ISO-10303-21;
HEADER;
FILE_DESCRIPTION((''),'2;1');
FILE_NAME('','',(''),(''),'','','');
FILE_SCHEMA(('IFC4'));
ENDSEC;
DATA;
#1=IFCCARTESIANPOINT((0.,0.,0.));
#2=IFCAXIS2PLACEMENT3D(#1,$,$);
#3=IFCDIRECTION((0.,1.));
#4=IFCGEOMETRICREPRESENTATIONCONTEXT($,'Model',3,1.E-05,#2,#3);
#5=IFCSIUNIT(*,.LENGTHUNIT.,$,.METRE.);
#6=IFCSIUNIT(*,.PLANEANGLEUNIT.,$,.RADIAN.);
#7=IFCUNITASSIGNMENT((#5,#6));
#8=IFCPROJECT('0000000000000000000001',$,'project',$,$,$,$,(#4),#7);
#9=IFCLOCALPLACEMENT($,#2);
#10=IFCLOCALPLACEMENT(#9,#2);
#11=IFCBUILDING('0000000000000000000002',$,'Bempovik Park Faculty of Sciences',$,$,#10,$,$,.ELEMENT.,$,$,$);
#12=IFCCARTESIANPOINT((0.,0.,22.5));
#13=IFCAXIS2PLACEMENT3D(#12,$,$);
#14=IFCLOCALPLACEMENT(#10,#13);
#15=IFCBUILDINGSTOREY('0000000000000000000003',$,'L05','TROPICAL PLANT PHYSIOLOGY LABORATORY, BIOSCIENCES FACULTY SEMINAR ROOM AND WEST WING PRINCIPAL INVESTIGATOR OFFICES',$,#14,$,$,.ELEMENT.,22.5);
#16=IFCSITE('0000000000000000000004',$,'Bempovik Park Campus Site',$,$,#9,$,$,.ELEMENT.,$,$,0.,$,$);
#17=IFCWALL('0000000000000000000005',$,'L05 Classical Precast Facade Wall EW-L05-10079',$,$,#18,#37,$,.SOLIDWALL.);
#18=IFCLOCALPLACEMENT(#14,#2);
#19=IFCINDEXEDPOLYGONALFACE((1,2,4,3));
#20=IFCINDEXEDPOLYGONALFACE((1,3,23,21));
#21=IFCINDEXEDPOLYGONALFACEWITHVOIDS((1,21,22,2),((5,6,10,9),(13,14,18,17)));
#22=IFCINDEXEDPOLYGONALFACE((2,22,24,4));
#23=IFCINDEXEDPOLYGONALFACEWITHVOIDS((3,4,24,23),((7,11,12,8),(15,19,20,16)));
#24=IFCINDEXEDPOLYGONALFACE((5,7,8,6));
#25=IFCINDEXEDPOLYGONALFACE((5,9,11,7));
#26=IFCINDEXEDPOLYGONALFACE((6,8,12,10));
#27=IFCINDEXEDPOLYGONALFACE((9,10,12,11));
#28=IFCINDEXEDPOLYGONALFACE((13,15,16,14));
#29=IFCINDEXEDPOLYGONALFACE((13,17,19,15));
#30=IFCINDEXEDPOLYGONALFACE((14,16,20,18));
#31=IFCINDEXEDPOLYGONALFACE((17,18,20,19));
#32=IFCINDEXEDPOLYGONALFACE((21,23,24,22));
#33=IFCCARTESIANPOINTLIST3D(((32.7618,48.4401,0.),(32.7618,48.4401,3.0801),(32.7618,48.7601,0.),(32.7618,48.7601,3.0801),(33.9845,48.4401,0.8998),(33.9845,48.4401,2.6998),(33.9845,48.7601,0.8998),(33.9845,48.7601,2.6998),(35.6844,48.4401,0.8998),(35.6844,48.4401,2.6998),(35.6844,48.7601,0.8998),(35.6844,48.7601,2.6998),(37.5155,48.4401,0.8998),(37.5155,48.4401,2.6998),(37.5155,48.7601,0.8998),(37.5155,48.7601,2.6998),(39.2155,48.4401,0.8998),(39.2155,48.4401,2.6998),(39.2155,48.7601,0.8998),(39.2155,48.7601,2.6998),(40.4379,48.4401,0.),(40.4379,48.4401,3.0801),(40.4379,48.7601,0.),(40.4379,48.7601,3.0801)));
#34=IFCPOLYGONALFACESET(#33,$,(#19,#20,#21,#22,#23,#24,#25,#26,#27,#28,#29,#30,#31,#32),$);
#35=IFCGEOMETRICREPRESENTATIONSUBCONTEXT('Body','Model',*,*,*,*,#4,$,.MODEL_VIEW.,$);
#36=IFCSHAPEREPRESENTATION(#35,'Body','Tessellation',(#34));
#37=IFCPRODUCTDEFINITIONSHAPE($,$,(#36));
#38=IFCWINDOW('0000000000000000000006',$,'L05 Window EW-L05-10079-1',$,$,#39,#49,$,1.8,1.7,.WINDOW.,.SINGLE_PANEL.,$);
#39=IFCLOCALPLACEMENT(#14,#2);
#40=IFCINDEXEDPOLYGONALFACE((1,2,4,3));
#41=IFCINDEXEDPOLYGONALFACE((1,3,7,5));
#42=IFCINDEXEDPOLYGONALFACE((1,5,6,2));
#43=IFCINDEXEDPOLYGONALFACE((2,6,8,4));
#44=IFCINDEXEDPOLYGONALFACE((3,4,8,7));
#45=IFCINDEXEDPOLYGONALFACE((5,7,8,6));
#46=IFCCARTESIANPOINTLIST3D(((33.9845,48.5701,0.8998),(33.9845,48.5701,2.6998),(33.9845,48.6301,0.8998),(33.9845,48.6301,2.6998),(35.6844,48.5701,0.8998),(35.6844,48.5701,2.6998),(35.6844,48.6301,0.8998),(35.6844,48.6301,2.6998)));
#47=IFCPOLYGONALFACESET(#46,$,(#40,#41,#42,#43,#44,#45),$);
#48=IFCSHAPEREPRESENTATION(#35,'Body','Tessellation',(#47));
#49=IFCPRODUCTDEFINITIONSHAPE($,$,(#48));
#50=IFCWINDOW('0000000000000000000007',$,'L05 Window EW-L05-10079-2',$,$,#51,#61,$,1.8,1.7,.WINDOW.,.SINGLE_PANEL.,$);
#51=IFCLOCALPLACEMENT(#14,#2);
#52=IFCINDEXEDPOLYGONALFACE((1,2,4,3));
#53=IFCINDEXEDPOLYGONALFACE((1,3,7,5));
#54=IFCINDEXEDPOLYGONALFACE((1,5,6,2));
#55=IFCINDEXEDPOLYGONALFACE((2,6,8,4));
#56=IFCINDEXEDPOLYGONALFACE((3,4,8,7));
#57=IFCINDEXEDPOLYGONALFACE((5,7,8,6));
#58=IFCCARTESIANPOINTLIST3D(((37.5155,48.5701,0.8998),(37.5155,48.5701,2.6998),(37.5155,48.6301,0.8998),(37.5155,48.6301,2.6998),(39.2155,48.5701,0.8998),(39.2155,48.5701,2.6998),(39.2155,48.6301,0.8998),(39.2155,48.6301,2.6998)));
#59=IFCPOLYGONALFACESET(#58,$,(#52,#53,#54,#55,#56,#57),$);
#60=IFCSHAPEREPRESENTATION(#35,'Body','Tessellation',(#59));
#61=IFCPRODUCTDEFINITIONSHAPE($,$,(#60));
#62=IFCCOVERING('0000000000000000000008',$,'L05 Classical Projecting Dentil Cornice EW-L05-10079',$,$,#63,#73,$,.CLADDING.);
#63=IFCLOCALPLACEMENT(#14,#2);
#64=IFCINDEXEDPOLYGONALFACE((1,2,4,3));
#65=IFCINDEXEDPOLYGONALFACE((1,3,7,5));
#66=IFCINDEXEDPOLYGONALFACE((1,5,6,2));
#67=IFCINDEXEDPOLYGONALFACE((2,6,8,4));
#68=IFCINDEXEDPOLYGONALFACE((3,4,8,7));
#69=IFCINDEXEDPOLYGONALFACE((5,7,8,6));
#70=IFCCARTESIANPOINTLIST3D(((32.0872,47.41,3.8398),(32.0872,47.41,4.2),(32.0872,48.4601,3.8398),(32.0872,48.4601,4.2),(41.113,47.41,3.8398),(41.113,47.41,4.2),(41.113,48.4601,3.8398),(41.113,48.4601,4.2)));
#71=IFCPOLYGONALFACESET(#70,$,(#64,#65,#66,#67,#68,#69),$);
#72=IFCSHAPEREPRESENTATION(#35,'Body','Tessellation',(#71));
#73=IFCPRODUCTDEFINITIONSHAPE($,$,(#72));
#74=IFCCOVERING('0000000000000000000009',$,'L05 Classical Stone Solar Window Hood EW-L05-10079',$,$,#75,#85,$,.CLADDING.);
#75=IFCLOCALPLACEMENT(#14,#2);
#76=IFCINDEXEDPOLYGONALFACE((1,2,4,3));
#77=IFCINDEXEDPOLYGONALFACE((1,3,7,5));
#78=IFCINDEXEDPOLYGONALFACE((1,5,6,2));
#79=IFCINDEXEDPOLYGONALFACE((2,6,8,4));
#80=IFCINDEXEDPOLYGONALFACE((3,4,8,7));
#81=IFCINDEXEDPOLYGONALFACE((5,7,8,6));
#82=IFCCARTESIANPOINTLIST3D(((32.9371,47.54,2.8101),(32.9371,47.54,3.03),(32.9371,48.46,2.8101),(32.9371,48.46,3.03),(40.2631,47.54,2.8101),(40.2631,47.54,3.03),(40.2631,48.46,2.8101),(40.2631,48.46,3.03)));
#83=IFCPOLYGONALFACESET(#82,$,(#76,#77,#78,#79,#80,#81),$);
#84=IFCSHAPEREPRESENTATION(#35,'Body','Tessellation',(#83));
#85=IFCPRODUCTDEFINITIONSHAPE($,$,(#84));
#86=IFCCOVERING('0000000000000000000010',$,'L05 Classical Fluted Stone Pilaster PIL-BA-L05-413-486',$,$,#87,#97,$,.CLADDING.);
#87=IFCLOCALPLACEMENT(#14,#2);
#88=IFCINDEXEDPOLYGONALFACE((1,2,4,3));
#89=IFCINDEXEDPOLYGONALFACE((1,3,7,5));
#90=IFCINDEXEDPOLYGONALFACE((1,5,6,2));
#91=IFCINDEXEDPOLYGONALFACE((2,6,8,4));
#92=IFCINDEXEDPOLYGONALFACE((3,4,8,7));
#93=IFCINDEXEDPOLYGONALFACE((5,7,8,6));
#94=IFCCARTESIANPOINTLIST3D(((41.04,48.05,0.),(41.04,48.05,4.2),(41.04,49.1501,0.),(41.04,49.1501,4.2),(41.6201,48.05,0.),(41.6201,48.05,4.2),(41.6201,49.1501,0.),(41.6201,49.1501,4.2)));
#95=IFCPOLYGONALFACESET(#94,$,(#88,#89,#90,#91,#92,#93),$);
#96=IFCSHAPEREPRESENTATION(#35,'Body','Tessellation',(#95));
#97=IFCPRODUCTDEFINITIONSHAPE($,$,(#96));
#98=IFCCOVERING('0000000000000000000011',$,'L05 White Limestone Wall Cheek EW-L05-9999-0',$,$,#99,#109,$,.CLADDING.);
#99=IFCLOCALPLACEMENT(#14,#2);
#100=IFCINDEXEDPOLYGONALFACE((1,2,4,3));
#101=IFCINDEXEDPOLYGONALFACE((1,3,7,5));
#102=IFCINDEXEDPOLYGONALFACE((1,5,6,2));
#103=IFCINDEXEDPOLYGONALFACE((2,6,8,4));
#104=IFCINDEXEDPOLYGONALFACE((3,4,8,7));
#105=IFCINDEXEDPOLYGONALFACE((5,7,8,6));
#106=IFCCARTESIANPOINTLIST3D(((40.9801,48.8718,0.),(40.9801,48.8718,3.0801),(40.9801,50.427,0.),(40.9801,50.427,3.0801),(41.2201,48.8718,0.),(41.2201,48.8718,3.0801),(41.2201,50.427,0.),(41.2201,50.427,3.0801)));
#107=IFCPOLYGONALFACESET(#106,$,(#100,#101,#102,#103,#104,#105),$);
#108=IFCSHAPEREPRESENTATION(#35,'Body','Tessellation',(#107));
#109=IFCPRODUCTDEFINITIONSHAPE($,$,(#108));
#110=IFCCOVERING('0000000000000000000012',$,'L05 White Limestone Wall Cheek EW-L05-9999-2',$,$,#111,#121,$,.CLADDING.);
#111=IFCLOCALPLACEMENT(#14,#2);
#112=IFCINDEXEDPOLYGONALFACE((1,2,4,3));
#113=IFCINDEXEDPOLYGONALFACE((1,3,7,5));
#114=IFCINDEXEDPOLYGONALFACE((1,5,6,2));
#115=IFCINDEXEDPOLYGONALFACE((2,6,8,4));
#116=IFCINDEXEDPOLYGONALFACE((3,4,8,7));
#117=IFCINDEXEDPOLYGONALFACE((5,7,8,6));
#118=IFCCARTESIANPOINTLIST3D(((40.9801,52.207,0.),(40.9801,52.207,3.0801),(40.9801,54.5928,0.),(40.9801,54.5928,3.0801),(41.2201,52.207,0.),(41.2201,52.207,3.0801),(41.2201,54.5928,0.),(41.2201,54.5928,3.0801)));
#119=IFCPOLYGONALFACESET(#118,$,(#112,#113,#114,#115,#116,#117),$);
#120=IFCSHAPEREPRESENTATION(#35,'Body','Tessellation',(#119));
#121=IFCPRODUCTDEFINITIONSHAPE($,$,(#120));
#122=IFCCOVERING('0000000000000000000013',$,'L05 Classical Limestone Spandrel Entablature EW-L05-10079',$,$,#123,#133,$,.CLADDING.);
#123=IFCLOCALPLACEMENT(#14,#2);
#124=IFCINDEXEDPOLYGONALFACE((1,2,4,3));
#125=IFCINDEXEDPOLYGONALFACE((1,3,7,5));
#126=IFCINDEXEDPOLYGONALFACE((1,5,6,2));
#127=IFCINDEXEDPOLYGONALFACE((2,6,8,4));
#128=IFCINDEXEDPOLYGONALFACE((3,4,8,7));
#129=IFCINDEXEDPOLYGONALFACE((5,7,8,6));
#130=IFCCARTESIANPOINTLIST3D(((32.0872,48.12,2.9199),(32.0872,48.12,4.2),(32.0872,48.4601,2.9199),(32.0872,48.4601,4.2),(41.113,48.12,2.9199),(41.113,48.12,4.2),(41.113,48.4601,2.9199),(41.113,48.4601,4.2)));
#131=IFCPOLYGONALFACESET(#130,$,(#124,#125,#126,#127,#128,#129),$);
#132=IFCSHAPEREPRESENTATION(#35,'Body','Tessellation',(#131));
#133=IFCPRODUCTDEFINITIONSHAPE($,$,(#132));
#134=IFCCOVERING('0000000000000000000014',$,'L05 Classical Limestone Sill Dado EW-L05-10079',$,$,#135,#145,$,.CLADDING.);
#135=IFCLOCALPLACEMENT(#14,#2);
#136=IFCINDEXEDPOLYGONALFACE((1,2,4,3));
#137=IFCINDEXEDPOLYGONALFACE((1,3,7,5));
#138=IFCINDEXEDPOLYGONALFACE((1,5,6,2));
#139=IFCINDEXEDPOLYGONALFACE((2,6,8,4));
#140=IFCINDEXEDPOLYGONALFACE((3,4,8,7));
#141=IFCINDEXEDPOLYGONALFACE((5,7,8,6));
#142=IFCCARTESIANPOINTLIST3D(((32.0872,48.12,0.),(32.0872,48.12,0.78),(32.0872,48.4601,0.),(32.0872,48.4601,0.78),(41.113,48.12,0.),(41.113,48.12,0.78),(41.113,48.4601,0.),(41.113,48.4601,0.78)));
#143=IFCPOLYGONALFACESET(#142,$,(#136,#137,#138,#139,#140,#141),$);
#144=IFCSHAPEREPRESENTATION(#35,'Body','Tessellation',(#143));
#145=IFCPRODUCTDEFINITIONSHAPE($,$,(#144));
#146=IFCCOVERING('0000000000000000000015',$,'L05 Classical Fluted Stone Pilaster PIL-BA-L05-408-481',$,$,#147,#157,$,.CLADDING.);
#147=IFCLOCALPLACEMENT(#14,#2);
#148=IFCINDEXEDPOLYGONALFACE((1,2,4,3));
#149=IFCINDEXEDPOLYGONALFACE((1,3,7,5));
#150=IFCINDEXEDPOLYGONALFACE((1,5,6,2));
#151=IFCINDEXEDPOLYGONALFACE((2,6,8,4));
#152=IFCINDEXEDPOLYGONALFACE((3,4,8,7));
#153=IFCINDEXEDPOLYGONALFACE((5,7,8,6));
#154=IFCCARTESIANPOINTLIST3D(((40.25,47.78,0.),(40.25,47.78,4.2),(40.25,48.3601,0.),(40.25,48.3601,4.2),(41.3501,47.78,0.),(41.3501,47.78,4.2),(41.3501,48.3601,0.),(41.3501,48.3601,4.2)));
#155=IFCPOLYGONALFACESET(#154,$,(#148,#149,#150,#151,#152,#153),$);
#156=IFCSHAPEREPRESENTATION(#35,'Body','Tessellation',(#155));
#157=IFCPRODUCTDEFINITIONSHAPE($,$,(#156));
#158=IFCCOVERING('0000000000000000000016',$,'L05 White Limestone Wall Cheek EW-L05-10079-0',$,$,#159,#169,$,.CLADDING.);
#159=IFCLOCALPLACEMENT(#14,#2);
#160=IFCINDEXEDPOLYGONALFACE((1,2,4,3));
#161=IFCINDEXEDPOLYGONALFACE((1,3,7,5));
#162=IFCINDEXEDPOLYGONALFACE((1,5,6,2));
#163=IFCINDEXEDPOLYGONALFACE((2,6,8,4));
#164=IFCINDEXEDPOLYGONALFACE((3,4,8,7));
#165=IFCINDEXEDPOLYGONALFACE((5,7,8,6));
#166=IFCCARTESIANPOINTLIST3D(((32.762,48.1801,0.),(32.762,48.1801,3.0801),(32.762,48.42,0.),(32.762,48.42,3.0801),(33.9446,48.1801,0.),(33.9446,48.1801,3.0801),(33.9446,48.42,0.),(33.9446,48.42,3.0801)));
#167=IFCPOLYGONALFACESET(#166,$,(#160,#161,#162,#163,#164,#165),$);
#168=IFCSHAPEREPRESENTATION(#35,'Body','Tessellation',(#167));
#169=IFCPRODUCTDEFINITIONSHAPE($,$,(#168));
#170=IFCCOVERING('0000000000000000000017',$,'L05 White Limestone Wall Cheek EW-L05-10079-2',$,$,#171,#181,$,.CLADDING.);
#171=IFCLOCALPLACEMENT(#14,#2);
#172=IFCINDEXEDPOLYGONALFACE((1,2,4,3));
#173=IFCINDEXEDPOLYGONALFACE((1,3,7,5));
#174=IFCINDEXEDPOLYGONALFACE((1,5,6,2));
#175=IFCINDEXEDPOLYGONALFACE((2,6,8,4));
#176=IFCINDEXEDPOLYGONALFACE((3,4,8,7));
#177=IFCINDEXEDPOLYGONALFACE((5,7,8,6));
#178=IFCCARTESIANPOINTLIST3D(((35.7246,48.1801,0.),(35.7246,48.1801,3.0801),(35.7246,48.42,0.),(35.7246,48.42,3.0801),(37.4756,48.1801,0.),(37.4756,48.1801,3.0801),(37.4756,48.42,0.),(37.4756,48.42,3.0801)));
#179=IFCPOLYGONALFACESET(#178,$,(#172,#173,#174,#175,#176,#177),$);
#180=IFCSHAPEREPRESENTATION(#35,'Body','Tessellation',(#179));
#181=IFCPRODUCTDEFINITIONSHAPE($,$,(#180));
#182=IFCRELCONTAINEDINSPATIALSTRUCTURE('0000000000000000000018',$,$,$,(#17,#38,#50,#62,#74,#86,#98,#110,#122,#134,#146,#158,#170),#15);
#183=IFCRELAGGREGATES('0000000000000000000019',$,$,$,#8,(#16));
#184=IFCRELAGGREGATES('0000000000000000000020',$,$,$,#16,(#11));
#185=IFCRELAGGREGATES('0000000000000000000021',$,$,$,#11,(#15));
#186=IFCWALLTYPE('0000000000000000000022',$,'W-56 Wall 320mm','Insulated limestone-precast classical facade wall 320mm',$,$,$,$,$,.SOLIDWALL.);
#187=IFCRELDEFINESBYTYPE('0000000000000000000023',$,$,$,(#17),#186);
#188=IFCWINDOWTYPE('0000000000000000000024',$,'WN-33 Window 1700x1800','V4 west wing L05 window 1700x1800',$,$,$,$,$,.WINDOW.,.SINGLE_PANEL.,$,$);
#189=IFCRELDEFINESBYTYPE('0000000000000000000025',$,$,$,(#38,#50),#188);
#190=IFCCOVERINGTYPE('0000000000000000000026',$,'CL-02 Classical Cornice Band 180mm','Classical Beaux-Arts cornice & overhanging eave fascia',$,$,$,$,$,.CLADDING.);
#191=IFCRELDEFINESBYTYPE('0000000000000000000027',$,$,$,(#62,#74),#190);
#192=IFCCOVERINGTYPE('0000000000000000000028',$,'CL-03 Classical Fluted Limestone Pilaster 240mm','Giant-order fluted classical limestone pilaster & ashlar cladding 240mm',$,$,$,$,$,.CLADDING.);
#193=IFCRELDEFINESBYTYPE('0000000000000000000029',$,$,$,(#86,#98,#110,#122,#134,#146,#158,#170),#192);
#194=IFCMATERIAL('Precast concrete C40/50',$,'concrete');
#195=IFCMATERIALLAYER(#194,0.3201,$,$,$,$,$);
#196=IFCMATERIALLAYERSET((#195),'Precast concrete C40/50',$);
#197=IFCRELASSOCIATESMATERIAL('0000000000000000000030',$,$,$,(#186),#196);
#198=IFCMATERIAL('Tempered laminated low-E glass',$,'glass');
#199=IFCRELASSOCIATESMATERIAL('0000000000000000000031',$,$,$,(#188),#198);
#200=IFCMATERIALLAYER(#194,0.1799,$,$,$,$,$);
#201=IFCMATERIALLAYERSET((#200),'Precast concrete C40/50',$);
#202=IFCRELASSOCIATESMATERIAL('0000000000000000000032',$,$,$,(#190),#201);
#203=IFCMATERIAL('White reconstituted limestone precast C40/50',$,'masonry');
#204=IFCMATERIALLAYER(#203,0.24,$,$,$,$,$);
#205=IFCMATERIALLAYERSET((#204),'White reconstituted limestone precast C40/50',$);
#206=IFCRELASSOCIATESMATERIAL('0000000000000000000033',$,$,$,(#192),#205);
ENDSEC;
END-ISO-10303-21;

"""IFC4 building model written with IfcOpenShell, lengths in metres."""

from ifc_helpers import new_model, si_unit, direction, frame, frame_2d, origin, origin_2d, place, context, subcontext, project, spatial, rectangle, extrude, material, layer, layer_set, type_object, element, fill, save


model = new_model("IFC4")

# Units and contexts
model_context = context("Model", 3, precision=1e-05, world=origin(), true_north=direction((0.0, 1.0)))
body_context = subcontext(model_context, "Body", "Model", "MODEL_VIEW")
ifc_project = project(units=[si_unit("LENGTHUNIT", "METRE"), si_unit("PLANEANGLEUNIT", "RADIAN")], contexts=[model_context])

# Site, building, storey
site_placement = place(None, origin())
site = spatial("IfcSite", under=ifc_project, at=site_placement, Name="Bempovik Park Campus Site", CompositionType="ELEMENT", RefElevation=0.0)
building_placement = place(site_placement, origin())
building = spatial("IfcBuilding", under=site, at=building_placement, Name="Bempovik Park Faculty of Sciences", CompositionType="ELEMENT")
storey_placement = place(building_placement, frame((0.0, 0.0, 22.5)))
storey = spatial("IfcBuildingStorey", under=building, at=storey_placement, Name="L05", Description="TROPICAL PLANT PHYSIOLOGY LABORATORY, BIOSCIENCES FACULTY SEMINAR ROOM AND WEST WING PRINCIPAL INVESTIGATOR OFFICES", CompositionType="ELEMENT", Elevation=22.5)

# Wall, openings, windows
ifc_material_1 = material(Name="Precast concrete C40/50", Category="concrete")
ifc_layer_1 = layer(ifc_material_1, 0.3201)
ifc_layer_set_1 = layer_set([ifc_layer_1], Name="Precast concrete C40/50")
wall_type_1 = type_object("IfcWallType", Name="W-56 Wall 320mm", Description="Insulated limestone-precast classical facade wall 320mm", PredefinedType="SOLIDWALL", material=ifc_layer_set_1)
ifc_material_2 = material(Name="Tempered laminated low-E glass", Category="glass")
window_type = type_object("IfcWindowType", Name="WN-33 Window 1700x1800", Description="V4 west wing L05 window 1700x1800", PartitioningType="SINGLE_PANEL", PredefinedType="WINDOW", material=ifc_material_2)
wall_1_placement = place(storey_placement, frame((32.762, 48.6001, 0.0), z_axis=(0.0, 0.0, 1.0), x_axis=(1.0, 0.0, 0.0)))
wall_1 = element("IfcWall", 1, at=wall_1_placement, inside=storey, type_object=wall_type_1, Name="L05 Classical Precast Facade Wall EW-L05-10079", PredefinedType="SOLIDWALL", context=body_context, shape_type="SweptSolid", body=[
    extrude(rectangle(XDim=7.676, YDim=0.3201, at=frame_2d((3.8379, 0.0))), origin(), (0.0, 0.0, 1.0), 3.0801),
])
opening_1_placement = place(wall_1_placement, frame((1.2224, 0.0, 0.8999)))
opening_1 = element("IfcOpeningElement", 2, at=opening_1_placement, cuts=wall_1, PredefinedType="OPENING", context=body_context, shape_type="SweptSolid", body=[
    extrude(rectangle(XDim=1.7, YDim=1.8, at=frame_2d((0.8501, 0.8999))), frame((0.0, 0.1699, 0.0), z_axis=(0.0, -1.0, 0.0), x_axis=(1.0, 0.0, 0.0)), (0.0, 0.0, 1.0), 0.3401),
])
opening_2_placement = place(wall_1_placement, frame((4.7534, 0.0, 0.8999)))
opening_2 = element("IfcOpeningElement", 3, at=opening_2_placement, cuts=wall_1, PredefinedType="OPENING", context=body_context, shape_type="SweptSolid", body=[
    extrude(rectangle(XDim=1.7, YDim=1.8, at=frame_2d((0.8501, 0.8999))), frame((0.0, 0.1699, 0.0), z_axis=(0.0, -1.0, 0.0), x_axis=(1.0, 0.0, 0.0)), (0.0, 0.0, 1.0), 0.3401),
])
window_1_placement = place(opening_1_placement, origin())
window_1 = element("IfcWindow", 4, at=window_1_placement, inside=storey, type_object=window_type, Name="L05 Window EW-L05-10079-1", OverallHeight=1.8, OverallWidth=1.7, PartitioningType="SINGLE_PANEL", PredefinedType="WINDOW", context=body_context, shape_type="SweptSolid", body=[
    extrude(rectangle(XDim=1.7, YDim=1.8, at=frame_2d((0.8501, 0.8999))), frame((0.0, 0.03, 0.0), z_axis=(0.0, -1.0, 0.0), x_axis=(1.0, 0.0, 0.0)), (0.0, 0.0, 1.0), 0.0601),
])
fill(opening_1, window_1)
window_2_placement = place(opening_2_placement, origin())
window_2 = element("IfcWindow", 5, at=window_2_placement, inside=storey, type_object=window_type, Name="L05 Window EW-L05-10079-2", OverallHeight=1.8, OverallWidth=1.7, PartitioningType="SINGLE_PANEL", PredefinedType="WINDOW", context=body_context, shape_type="SweptSolid", body=[
    extrude(rectangle(XDim=1.7, YDim=1.8, at=frame_2d((0.8501, 0.8999))), frame((0.0, 0.03, 0.0), z_axis=(0.0, -1.0, 0.0), x_axis=(1.0, 0.0, 0.0)), (0.0, 0.0, 1.0), 0.0601),
])
fill(opening_2, window_2)

# Coverings
ifc_layer_2 = layer(ifc_material_1, 0.1799)
ifc_layer_set_2 = layer_set([ifc_layer_2], Name="Precast concrete C40/50")
covering_type_1 = type_object("IfcCoveringType", Name="CL-02 Classical Cornice Band 180mm", Description="Classical Beaux-Arts cornice & overhanging eave fascia", PredefinedType="CLADDING", material=ifc_layer_set_2)
covering_1_placement = place(storey_placement, frame((36.6001, 47.9351, 3.8398), z_axis=(0.0, 0.0, 1.0), x_axis=(1.0, 0.0, 0.0)))
element("IfcCovering", 6, at=covering_1_placement, inside=storey, type_object=covering_type_1, Name="L05 Classical Projecting Dentil Cornice EW-L05-10079", PredefinedType="CLADDING", context=body_context, shape_type="SweptSolid", body=[
    extrude(rectangle(XDim=9.0259, YDim=1.05, at=origin_2d()), origin(), (0.0, 0.0, 1.0), 0.3601),
])
covering_2_placement = place(storey_placement, frame((36.6001, 48.0, 2.8101), z_axis=(0.0, 0.0, 1.0), x_axis=(1.0, 0.0, 0.0)))
element("IfcCovering", 7, at=covering_2_placement, inside=storey, type_object=covering_type_1, Name="L05 Classical Stone Solar Window Hood EW-L05-10079", PredefinedType="CLADDING", context=body_context, shape_type="SweptSolid", body=[
    extrude(rectangle(XDim=7.3259, YDim=0.9199, at=origin_2d()), origin(), (0.0, 0.0, 1.0), 0.22),
])
ifc_material_3 = material(Name="White reconstituted limestone precast C40/50", Category="masonry")
ifc_layer_3 = layer(ifc_material_3, 0.24)
ifc_layer_set_3 = layer_set([ifc_layer_3], Name="White reconstituted limestone precast C40/50")
covering_type_2 = type_object("IfcCoveringType", Name="CL-03 Classical Fluted Limestone Pilaster 240mm", Description="Giant-order fluted classical limestone pilaster & ashlar cladding 240mm", PredefinedType="CLADDING", material=ifc_layer_set_3)
covering_3_placement = place(storey_placement, frame((41.3301, 48.6001, 0.0), z_axis=(0.0, 0.0, 1.0), x_axis=(1.0, 0.0, 0.0)))
element("IfcCovering", 8, at=covering_3_placement, inside=storey, type_object=covering_type_2, Name="L05 Classical Fluted Stone Pilaster PIL-BA-L05-413-486", PredefinedType="CLADDING", context=body_context, shape_type="SweptSolid", body=[
    extrude(rectangle(XDim=0.5801, YDim=1.1001, at=origin_2d()), origin(), (0.0, 0.0, 1.0), 4.2),
])
covering_4_placement = place(storey_placement, frame((41.1001, 49.6494, 0.0), z_axis=(0.0, 0.0, 1.0), x_axis=(1.0, 0.0, 0.0)))
element("IfcCovering", 9, at=covering_4_placement, inside=storey, type_object=covering_type_2, Name="L05 White Limestone Wall Cheek EW-L05-9999-0", PredefinedType="CLADDING", context=body_context, shape_type="SweptSolid", body=[
    extrude(rectangle(XDim=0.24, YDim=1.5552, at=origin_2d()), origin(), (0.0, 0.0, 1.0), 3.0801),
])
covering_5_placement = place(storey_placement, frame((41.1001, 53.3999, 0.0), z_axis=(0.0, 0.0, 1.0), x_axis=(1.0, 0.0, 0.0)))
element("IfcCovering", 10, at=covering_5_placement, inside=storey, type_object=covering_type_2, Name="L05 White Limestone Wall Cheek EW-L05-9999-2", PredefinedType="CLADDING", context=body_context, shape_type="SweptSolid", body=[
    extrude(rectangle(XDim=0.24, YDim=2.3857, at=origin_2d()), origin(), (0.0, 0.0, 1.0), 3.0801),
])
covering_6_placement = place(storey_placement, frame((36.6001, 48.29, 2.9199), z_axis=(0.0, 0.0, 1.0), x_axis=(1.0, 0.0, 0.0)))
element("IfcCovering", 11, at=covering_6_placement, inside=storey, type_object=covering_type_2, Name="L05 Classical Limestone Spandrel Entablature EW-L05-10079", PredefinedType="CLADDING", context=body_context, shape_type="SweptSolid", body=[
    extrude(rectangle(XDim=9.0259, YDim=0.3401, at=origin_2d()), origin(), (0.0, 0.0, 1.0), 1.28),
])
covering_7_placement = place(storey_placement, frame((36.6001, 48.29, 0.0), z_axis=(0.0, 0.0, 1.0), x_axis=(1.0, 0.0, 0.0)))
element("IfcCovering", 12, at=covering_7_placement, inside=storey, type_object=covering_type_2, Name="L05 Classical Limestone Sill Dado EW-L05-10079", PredefinedType="CLADDING", context=body_context, shape_type="SweptSolid", body=[
    extrude(rectangle(XDim=9.0259, YDim=0.3401, at=origin_2d()), origin(), (0.0, 0.0, 1.0), 0.78),
])
covering_8_placement = place(storey_placement, frame((40.8, 48.0701, 0.0), z_axis=(0.0, 0.0, 1.0), x_axis=(1.0, 0.0, 0.0)))
element("IfcCovering", 13, at=covering_8_placement, inside=storey, type_object=covering_type_2, Name="L05 Classical Fluted Stone Pilaster PIL-BA-L05-408-481", PredefinedType="CLADDING", context=body_context, shape_type="SweptSolid", body=[
    extrude(rectangle(XDim=1.1001, YDim=0.5801, at=origin_2d()), origin(), (0.0, 0.0, 1.0), 4.2),
])
covering_9_placement = place(storey_placement, frame((33.3533, 48.3, 0.0), z_axis=(0.0, 0.0, 1.0), x_axis=(1.0, 0.0, 0.0)))
element("IfcCovering", 14, at=covering_9_placement, inside=storey, type_object=covering_type_2, Name="L05 White Limestone Wall Cheek EW-L05-10079-0", PredefinedType="CLADDING", context=body_context, shape_type="SweptSolid", body=[
    extrude(rectangle(XDim=1.1826, YDim=0.24, at=origin_2d()), origin(), (0.0, 0.0, 1.0), 3.0801),
])
covering_10_placement = place(storey_placement, frame((36.6001, 48.3, 0.0), z_axis=(0.0, 0.0, 1.0), x_axis=(1.0, 0.0, 0.0)))
element("IfcCovering", 15, at=covering_10_placement, inside=storey, type_object=covering_type_2, Name="L05 White Limestone Wall Cheek EW-L05-10079-2", PredefinedType="CLADDING", context=body_context, shape_type="SweptSolid", body=[
    extrude(rectangle(XDim=1.751, YDim=0.24, at=origin_2d()), origin(), (0.0, 0.0, 1.0), 3.0801),
])

save(model, "model.ifc")
